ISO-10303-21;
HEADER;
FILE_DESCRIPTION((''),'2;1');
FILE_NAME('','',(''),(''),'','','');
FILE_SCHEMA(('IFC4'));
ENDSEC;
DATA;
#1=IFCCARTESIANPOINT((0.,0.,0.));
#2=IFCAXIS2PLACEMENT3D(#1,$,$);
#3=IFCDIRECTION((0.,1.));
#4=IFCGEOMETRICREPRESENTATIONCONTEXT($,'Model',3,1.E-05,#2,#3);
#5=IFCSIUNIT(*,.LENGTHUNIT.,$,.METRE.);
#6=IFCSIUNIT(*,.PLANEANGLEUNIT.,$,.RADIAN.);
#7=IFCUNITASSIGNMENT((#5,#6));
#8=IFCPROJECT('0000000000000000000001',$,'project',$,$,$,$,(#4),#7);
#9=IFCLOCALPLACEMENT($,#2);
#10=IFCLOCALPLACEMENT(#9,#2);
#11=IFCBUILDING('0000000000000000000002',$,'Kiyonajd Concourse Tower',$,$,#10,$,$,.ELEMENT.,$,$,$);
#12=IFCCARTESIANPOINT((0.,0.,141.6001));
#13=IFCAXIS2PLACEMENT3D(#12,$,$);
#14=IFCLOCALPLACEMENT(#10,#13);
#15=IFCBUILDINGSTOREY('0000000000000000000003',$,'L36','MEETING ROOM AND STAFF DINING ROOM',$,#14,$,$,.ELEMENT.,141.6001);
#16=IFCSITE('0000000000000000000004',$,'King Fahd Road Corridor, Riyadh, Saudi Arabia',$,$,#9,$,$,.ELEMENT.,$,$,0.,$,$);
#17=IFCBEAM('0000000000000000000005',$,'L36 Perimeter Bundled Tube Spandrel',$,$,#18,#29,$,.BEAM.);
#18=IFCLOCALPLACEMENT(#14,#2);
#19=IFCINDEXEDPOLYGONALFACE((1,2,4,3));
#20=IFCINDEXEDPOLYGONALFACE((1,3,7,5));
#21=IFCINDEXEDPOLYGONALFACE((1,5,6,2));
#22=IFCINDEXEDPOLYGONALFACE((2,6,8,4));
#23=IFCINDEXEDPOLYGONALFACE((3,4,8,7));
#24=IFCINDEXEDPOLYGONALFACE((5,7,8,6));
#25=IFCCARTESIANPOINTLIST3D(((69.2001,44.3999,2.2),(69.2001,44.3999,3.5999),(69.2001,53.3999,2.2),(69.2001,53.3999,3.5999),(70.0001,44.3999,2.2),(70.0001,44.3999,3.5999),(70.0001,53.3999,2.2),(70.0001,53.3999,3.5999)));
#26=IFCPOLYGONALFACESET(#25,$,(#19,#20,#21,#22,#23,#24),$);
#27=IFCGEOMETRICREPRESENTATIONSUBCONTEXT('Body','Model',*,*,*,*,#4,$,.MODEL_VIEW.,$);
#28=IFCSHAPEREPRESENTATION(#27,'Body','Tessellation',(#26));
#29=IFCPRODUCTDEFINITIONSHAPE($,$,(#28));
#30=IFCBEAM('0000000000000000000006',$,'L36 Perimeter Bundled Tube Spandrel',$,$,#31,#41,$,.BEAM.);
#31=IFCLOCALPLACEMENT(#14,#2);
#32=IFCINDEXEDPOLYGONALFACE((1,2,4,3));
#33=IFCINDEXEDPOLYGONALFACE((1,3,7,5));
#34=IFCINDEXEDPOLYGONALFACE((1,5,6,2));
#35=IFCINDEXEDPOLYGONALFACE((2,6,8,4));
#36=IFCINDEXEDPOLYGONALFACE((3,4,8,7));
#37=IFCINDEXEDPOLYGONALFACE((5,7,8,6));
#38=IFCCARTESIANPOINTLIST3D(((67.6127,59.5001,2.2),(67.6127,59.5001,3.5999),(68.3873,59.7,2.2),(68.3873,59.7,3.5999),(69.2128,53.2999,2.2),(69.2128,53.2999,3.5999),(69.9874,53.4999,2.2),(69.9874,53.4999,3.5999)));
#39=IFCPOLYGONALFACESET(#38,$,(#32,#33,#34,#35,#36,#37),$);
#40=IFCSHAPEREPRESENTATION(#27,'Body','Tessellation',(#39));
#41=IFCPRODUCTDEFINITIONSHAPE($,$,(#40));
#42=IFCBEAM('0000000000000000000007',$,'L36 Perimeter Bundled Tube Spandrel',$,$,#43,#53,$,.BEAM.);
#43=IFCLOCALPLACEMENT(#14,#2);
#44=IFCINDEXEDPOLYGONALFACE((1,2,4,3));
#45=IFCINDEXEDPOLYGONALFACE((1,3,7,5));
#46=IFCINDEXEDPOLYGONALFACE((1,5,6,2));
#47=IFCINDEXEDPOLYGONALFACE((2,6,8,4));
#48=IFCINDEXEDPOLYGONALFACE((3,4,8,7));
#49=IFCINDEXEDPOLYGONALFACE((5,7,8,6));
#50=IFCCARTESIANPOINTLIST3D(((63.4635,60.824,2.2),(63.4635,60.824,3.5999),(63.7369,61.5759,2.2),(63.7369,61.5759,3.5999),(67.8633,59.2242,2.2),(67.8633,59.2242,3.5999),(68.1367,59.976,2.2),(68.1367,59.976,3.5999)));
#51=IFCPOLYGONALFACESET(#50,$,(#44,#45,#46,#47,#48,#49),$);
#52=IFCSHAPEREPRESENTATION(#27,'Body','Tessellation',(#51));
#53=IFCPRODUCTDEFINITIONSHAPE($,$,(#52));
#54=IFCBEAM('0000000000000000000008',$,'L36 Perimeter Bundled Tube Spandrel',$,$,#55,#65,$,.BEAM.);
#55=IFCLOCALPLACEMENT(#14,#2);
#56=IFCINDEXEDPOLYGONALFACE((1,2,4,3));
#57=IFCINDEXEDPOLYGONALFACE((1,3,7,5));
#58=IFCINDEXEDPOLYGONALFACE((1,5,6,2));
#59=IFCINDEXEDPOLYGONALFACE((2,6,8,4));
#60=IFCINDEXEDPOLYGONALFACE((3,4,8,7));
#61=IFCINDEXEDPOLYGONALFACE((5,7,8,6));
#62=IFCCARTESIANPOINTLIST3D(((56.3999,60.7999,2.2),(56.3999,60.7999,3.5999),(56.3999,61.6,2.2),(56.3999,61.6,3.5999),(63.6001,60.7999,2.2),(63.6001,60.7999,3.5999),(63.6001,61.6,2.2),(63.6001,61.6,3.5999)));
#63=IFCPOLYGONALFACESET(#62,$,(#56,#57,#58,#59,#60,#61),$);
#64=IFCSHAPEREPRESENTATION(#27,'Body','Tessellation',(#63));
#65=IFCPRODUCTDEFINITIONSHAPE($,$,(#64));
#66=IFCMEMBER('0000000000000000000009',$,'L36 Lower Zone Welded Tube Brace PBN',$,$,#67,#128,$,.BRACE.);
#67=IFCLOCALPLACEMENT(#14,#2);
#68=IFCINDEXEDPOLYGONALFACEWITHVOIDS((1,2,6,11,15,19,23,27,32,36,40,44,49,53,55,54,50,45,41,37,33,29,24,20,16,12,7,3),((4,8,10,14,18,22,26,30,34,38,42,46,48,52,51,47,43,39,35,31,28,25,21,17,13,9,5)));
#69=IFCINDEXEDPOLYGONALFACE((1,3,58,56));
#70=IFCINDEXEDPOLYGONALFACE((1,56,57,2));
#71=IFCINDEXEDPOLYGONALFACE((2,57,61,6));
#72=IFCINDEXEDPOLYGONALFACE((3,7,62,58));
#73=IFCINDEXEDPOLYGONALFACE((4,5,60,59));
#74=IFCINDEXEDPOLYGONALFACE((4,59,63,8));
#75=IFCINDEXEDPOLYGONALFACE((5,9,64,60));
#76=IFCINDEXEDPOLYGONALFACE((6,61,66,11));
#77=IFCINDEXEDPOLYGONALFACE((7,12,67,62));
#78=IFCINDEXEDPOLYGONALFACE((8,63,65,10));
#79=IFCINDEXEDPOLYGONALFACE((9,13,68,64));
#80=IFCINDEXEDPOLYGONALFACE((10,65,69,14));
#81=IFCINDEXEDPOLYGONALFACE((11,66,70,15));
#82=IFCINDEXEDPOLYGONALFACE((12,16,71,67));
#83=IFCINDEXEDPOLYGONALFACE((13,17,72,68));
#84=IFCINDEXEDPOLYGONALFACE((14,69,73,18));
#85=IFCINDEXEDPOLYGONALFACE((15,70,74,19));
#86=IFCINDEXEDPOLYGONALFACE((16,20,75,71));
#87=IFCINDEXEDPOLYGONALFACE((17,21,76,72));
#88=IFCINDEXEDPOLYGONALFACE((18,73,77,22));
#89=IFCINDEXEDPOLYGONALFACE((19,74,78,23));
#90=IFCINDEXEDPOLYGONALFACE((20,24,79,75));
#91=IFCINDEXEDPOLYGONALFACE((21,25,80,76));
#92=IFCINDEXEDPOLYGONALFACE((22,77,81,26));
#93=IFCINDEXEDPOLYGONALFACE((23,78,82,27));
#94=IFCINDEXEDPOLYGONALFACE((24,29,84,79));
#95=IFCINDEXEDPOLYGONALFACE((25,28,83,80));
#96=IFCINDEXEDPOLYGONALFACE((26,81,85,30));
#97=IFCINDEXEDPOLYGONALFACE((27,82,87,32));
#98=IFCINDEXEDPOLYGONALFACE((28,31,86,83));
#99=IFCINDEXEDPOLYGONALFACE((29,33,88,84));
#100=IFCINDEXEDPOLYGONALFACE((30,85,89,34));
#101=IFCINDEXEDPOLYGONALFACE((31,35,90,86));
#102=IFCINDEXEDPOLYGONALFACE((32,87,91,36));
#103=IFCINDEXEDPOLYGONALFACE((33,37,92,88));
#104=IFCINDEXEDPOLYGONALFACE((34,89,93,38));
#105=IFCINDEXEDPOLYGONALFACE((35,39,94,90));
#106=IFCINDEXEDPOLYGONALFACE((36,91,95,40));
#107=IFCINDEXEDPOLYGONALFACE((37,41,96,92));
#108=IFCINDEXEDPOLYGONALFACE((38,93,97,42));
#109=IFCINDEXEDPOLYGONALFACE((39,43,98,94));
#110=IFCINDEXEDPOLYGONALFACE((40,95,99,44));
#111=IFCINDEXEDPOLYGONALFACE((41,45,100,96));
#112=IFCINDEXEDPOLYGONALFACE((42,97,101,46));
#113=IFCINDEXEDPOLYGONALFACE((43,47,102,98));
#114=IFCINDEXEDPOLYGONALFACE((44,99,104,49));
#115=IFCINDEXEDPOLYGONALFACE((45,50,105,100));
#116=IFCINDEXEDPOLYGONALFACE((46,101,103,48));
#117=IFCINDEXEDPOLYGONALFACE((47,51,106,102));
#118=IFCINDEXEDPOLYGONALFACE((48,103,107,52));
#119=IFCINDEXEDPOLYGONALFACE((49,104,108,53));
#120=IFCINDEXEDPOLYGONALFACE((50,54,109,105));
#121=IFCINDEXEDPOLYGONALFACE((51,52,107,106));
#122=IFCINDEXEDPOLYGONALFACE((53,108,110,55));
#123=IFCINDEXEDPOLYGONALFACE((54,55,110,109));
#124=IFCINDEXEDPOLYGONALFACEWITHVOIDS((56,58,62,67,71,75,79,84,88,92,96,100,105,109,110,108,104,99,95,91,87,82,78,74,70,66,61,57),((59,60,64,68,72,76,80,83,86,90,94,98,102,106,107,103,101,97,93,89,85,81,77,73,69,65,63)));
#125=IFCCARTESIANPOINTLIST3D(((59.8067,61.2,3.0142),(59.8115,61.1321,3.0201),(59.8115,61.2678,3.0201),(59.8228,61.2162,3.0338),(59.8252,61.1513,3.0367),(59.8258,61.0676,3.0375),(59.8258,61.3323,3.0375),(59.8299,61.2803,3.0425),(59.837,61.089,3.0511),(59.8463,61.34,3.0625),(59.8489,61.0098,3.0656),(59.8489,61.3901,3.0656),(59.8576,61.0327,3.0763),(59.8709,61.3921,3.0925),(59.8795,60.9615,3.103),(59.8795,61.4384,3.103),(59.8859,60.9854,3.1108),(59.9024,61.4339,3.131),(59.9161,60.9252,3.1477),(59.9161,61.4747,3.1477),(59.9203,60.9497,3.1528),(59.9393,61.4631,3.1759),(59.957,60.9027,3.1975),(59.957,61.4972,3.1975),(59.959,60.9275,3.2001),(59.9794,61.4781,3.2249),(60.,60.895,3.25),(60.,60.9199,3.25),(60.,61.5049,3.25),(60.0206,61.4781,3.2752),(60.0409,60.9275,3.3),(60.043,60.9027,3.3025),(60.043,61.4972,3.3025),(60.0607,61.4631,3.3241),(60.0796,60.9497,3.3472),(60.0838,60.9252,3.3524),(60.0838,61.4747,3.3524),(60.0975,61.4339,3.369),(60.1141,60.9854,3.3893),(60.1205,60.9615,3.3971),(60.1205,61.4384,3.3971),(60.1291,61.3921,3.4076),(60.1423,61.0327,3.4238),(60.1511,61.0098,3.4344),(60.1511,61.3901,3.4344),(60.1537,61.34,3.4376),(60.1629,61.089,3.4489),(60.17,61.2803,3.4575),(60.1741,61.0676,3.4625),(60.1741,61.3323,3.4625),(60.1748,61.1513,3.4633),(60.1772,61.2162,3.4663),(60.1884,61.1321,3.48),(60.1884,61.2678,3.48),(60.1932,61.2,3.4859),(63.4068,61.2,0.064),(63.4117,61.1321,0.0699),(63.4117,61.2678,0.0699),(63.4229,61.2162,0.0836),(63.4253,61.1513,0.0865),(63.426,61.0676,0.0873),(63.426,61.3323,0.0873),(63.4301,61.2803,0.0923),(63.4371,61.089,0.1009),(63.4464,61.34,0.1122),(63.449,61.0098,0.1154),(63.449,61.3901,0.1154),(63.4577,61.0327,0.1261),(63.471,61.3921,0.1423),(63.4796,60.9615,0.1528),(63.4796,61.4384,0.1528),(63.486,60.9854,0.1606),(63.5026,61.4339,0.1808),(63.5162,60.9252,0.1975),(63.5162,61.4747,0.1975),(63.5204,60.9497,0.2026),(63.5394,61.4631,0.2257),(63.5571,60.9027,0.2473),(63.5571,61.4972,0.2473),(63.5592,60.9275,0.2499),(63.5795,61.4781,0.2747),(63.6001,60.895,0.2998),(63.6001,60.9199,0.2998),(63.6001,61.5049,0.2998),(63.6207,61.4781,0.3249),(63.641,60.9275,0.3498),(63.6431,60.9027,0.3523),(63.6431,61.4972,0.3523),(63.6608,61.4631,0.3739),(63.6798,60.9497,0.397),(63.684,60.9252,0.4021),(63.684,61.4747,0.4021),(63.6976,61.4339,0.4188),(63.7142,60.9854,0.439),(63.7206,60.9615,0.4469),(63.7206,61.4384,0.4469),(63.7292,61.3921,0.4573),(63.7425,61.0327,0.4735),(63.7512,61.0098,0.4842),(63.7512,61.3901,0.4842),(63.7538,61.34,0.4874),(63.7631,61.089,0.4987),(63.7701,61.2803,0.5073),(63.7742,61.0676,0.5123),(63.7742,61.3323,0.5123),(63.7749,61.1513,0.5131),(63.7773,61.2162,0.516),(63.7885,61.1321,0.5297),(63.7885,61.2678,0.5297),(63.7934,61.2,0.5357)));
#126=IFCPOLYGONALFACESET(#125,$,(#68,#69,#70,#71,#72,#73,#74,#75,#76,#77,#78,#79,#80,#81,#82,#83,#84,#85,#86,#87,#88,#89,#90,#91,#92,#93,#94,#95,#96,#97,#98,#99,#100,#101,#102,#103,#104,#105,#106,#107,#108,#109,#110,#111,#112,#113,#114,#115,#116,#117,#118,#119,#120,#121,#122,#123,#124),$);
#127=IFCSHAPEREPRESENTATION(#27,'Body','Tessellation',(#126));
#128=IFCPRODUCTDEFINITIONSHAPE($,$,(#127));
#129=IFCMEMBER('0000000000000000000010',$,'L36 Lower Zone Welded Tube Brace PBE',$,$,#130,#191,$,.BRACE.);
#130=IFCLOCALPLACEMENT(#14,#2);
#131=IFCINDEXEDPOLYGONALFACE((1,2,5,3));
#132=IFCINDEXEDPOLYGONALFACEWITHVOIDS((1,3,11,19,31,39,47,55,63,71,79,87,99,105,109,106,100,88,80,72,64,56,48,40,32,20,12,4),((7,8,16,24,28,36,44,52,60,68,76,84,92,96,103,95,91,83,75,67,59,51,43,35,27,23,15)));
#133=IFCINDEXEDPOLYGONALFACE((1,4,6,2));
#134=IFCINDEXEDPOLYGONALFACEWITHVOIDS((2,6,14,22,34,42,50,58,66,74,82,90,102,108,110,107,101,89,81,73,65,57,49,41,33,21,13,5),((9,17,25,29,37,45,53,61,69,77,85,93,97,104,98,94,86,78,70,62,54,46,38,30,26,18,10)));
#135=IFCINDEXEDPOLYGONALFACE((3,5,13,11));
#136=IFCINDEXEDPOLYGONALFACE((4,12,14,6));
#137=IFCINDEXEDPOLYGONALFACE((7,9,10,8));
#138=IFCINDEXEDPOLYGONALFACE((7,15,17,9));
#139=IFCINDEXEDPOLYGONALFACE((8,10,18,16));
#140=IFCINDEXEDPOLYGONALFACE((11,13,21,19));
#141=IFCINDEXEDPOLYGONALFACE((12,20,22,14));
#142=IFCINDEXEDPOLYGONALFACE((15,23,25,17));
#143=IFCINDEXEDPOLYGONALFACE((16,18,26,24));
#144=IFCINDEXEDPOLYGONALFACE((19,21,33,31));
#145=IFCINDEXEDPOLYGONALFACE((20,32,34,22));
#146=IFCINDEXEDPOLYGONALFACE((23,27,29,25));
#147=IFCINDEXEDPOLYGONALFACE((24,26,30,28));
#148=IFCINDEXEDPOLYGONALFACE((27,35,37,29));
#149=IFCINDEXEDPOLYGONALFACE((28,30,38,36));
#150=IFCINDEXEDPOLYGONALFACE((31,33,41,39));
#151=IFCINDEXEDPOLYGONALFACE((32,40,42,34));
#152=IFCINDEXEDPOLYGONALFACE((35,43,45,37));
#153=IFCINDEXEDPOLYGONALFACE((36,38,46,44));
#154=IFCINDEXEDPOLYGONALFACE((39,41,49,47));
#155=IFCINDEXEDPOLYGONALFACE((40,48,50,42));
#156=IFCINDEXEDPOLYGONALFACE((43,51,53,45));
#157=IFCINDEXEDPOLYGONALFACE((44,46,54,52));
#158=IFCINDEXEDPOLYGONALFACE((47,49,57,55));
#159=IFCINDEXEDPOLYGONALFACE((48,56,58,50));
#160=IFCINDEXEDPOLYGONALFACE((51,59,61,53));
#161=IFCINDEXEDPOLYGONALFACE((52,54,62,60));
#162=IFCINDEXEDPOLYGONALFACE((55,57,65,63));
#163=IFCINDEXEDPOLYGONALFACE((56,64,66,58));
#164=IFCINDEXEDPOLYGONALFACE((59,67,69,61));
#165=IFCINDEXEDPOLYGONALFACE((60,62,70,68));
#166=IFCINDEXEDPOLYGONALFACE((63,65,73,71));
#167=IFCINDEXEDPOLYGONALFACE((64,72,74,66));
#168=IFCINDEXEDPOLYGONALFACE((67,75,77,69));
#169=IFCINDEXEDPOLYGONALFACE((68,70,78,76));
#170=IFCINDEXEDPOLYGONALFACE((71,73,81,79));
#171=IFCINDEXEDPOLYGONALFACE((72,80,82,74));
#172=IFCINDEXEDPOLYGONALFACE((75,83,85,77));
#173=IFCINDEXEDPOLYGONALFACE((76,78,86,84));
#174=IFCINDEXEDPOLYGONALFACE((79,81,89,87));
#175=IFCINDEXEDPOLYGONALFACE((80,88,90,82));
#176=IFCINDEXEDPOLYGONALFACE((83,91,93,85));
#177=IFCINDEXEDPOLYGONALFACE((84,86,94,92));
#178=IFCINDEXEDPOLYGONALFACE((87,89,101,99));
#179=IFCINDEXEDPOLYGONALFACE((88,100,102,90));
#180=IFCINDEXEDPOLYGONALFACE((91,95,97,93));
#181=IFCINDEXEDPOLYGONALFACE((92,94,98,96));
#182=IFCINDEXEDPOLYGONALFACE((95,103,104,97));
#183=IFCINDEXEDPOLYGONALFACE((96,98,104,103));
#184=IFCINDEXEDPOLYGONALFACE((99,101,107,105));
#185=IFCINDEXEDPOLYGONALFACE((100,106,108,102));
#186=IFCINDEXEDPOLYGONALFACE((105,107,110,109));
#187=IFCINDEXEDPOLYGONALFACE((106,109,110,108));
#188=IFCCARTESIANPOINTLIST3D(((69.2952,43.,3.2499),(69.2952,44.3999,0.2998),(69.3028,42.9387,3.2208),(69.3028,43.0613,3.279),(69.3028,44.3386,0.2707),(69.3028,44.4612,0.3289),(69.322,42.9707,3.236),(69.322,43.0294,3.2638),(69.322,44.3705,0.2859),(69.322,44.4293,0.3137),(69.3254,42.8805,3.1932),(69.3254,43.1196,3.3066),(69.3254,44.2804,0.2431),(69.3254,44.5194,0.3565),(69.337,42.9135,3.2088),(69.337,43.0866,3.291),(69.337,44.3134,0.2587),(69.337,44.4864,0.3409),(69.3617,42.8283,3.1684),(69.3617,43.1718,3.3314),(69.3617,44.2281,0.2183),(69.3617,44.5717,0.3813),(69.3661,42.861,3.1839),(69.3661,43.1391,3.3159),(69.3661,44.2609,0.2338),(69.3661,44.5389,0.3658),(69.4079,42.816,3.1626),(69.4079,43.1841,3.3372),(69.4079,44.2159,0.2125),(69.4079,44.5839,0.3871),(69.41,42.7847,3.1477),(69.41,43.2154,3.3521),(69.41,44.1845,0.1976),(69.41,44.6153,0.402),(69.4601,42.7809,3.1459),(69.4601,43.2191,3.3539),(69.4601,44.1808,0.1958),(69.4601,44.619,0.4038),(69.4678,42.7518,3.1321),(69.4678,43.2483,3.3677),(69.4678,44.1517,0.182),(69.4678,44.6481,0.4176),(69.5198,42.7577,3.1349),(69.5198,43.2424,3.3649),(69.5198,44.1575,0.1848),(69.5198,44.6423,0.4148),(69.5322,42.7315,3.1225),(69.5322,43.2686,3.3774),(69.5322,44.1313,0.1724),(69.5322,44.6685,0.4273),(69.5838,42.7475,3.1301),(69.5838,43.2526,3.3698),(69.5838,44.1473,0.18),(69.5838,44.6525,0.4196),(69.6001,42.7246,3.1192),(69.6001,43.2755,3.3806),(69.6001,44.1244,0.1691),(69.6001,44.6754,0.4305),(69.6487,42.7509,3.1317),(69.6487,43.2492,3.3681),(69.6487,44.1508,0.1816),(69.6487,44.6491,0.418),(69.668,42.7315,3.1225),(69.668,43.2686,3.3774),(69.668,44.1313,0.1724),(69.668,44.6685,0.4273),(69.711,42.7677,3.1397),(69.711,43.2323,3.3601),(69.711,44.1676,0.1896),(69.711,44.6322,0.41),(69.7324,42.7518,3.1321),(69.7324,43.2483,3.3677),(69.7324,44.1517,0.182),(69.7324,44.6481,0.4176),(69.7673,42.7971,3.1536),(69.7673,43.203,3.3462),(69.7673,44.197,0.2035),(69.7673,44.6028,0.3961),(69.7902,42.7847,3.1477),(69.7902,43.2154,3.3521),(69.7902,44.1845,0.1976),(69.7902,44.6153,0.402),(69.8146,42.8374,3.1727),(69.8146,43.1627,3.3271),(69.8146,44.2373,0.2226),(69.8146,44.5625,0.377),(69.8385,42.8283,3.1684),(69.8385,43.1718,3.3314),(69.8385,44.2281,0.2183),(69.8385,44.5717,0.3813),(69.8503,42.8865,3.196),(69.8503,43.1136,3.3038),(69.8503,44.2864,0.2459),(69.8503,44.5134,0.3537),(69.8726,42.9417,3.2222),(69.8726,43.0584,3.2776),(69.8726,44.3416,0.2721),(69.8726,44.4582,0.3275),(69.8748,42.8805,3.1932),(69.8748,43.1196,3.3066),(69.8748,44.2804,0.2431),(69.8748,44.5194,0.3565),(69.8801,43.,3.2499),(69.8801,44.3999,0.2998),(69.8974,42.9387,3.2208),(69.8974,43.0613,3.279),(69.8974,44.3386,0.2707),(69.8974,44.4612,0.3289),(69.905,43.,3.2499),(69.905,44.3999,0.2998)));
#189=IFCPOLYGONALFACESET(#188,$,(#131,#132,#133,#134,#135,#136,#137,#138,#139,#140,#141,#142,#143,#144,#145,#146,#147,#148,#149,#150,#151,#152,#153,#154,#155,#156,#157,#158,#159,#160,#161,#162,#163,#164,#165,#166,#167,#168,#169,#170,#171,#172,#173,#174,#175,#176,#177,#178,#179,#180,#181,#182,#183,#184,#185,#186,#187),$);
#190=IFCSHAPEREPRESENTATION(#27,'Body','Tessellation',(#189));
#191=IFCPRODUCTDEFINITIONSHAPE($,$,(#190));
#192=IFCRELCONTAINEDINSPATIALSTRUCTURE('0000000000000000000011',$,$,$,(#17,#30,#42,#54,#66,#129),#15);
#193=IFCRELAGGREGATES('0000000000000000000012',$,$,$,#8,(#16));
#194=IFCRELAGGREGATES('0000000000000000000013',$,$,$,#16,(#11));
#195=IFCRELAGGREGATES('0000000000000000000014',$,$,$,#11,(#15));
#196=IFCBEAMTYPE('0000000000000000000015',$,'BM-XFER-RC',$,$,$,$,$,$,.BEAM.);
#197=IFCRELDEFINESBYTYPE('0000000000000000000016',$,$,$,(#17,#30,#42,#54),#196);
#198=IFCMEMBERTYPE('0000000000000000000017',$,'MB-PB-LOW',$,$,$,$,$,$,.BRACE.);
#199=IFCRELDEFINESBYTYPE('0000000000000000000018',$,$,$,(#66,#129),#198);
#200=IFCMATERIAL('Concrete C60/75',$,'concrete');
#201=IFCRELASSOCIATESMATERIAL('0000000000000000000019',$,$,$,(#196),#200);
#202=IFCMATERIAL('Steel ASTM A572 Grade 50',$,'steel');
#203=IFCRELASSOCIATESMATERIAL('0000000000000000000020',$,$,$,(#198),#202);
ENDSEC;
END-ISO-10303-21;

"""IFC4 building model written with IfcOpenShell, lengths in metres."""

from ifc_helpers import new_model, si_unit, direction, frame, origin, origin_2d, place, context, subcontext, project, spatial, rectangle, hollow_circle, extrude, material, material_profile, profile_set, type_object, element, save


model = new_model("IFC4")

# Units and contexts
model_context = context("Model", 3, precision=1e-05, world=origin(), true_north=direction((0.0, 1.0)))
body_context = subcontext(model_context, "Body", "Model", "MODEL_VIEW")
ifc_project = project(units=[si_unit("LENGTHUNIT", "METRE"), si_unit("PLANEANGLEUNIT", "RADIAN")], contexts=[model_context])

# Site, building, storey
site_placement = place(None, origin())
site = spatial("IfcSite", under=ifc_project, at=site_placement, Name="King Fahd Road Corridor, Riyadh, Saudi Arabia", CompositionType="ELEMENT", RefElevation=0.0)
building_placement = place(site_placement, origin())
building = spatial("IfcBuilding", under=site, at=building_placement, Name="Kiyonajd Concourse Tower", CompositionType="ELEMENT")
storey_placement = place(building_placement, frame((0.0, 0.0, 141.6001)))
storey = spatial("IfcBuildingStorey", under=building, at=storey_placement, Name="L36", Description="MEETING ROOM AND STAFF DINING ROOM", CompositionType="ELEMENT", Elevation=141.6001)

# Beams
ifc_material_1 = material(Name="Steel ASTM A572 Grade 50", Category="steel")
ifc_material_2 = material(Name="Concrete C60/75", Category="concrete")
ifc_material_profile_1 = material_profile(ifc_material_2, rectangle(XDim=0.8, YDim=1.3999, at=origin_2d()), Name="RCBM-800x1400")
ifc_profile_set_1 = profile_set([ifc_material_profile_1], Name="Concrete C60/75")
beam_type_1 = type_object("IfcBeamType", Name="BM-XFER-RC", PredefinedType="BEAM", material=ifc_profile_set_1)
beam_1_placement = place(storey_placement, frame((69.6001, 44.3999, 2.8999), z_axis=(0.0, 1.0, 0.0), x_axis=(-1.0, 0.0, 0.0)))
element("IfcBeam", 1, at=beam_1_placement, inside=storey, type_object=beam_type_1, Name="L36 Perimeter Bundled Tube Spandrel", PredefinedType="BEAM", context=body_context, shape_type="SweptSolid", body=[
    extrude(rectangle(XDim=0.8, YDim=1.3999, at=origin_2d()), origin(), (0.0, 0.0, 1.0), 9.0),
])
beam_2_placement = place(storey_placement, frame((69.6001, 53.3999, 2.8999), z_axis=(-0.249885, 0.968276, 0.0), x_axis=(-0.968276, -0.249885, 0.0)))
element("IfcBeam", 2, at=beam_2_placement, inside=storey, type_object=beam_type_1, Name="L36 Perimeter Bundled Tube Spandrel", PredefinedType="BEAM", context=body_context, shape_type="SweptSolid", body=[
    extrude(rectangle(XDim=0.8, YDim=1.3999, at=origin_2d()), origin(), (0.0, 0.0, 1.0), 6.4033),
])
beam_3_placement = place(storey_placement, frame((68.0, 59.6001, 2.8999), z_axis=(-0.939801, 0.341722, 0.0), x_axis=(-0.341722, -0.939801, 0.0)))
element("IfcBeam", 3, at=beam_3_placement, inside=storey, type_object=beam_type_1, Name="L36 Perimeter Bundled Tube Spandrel", PredefinedType="BEAM", context=body_context, shape_type="SweptSolid", body=[
    extrude(rectangle(XDim=0.8, YDim=1.3999, at=origin_2d()), origin(), (0.0, 0.0, 1.0), 4.6816),
])
beam_4_placement = place(storey_placement, frame((63.6001, 61.2, 2.8999), z_axis=(-1.0, 0.0, 0.0), x_axis=(0.0, -1.0, 0.0)))
element("IfcBeam", 4, at=beam_4_placement, inside=storey, type_object=beam_type_1, Name="L36 Perimeter Bundled Tube Spandrel", PredefinedType="BEAM", context=body_context, shape_type="SweptSolid", body=[
    extrude(rectangle(XDim=0.8, YDim=1.3999, at=origin_2d()), origin(), (0.0, 0.0, 1.0), 7.2002),
])

# Members
ifc_material_profile_2 = material_profile(ifc_material_1, hollow_circle(Radius=0.3049, WallThickness=0.0249, at=origin_2d()), Name="CHS-610x25")
ifc_profile_set_2 = profile_set([ifc_material_profile_2], Name="Steel ASTM A572 Grade 50")
member_type = type_object("IfcMemberType", Name="MB-PB-LOW", PredefinedType="BRACE", material=ifc_profile_set_2)
member_1_placement = place(storey_placement, frame((63.6001, 61.2, 0.2998), z_axis=(-0.773466, 0.0, 0.633837), x_axis=(0.0, -1.0, 0.0)))
element("IfcMember", 5, at=member_1_placement, inside=storey, type_object=member_type, Name="L36 Lower Zone Welded Tube Brace PBN", PredefinedType="BRACE", context=body_context, shape_type="SweptSolid", body=[
    extrude(hollow_circle(Radius=0.3049, WallThickness=0.0249, at=origin_2d()), origin(), (0.0, 0.0, 1.0), 4.6545),
])
member_2_placement = place(storey_placement, frame((69.6001, 44.3999, 0.2998), z_axis=(0.0, -0.428697, 0.903448), x_axis=(1.0, 0.0, 0.0)))
element("IfcMember", 6, at=member_2_placement, inside=storey, type_object=member_type, Name="L36 Lower Zone Welded Tube Brace PBE", PredefinedType="BRACE", context=body_context, shape_type="SweptSolid", body=[
    extrude(hollow_circle(Radius=0.3049, WallThickness=0.0249, at=origin_2d()), origin(), (0.0, 0.0, 1.0), 3.2654),
])

save(model, "model.ifc")
